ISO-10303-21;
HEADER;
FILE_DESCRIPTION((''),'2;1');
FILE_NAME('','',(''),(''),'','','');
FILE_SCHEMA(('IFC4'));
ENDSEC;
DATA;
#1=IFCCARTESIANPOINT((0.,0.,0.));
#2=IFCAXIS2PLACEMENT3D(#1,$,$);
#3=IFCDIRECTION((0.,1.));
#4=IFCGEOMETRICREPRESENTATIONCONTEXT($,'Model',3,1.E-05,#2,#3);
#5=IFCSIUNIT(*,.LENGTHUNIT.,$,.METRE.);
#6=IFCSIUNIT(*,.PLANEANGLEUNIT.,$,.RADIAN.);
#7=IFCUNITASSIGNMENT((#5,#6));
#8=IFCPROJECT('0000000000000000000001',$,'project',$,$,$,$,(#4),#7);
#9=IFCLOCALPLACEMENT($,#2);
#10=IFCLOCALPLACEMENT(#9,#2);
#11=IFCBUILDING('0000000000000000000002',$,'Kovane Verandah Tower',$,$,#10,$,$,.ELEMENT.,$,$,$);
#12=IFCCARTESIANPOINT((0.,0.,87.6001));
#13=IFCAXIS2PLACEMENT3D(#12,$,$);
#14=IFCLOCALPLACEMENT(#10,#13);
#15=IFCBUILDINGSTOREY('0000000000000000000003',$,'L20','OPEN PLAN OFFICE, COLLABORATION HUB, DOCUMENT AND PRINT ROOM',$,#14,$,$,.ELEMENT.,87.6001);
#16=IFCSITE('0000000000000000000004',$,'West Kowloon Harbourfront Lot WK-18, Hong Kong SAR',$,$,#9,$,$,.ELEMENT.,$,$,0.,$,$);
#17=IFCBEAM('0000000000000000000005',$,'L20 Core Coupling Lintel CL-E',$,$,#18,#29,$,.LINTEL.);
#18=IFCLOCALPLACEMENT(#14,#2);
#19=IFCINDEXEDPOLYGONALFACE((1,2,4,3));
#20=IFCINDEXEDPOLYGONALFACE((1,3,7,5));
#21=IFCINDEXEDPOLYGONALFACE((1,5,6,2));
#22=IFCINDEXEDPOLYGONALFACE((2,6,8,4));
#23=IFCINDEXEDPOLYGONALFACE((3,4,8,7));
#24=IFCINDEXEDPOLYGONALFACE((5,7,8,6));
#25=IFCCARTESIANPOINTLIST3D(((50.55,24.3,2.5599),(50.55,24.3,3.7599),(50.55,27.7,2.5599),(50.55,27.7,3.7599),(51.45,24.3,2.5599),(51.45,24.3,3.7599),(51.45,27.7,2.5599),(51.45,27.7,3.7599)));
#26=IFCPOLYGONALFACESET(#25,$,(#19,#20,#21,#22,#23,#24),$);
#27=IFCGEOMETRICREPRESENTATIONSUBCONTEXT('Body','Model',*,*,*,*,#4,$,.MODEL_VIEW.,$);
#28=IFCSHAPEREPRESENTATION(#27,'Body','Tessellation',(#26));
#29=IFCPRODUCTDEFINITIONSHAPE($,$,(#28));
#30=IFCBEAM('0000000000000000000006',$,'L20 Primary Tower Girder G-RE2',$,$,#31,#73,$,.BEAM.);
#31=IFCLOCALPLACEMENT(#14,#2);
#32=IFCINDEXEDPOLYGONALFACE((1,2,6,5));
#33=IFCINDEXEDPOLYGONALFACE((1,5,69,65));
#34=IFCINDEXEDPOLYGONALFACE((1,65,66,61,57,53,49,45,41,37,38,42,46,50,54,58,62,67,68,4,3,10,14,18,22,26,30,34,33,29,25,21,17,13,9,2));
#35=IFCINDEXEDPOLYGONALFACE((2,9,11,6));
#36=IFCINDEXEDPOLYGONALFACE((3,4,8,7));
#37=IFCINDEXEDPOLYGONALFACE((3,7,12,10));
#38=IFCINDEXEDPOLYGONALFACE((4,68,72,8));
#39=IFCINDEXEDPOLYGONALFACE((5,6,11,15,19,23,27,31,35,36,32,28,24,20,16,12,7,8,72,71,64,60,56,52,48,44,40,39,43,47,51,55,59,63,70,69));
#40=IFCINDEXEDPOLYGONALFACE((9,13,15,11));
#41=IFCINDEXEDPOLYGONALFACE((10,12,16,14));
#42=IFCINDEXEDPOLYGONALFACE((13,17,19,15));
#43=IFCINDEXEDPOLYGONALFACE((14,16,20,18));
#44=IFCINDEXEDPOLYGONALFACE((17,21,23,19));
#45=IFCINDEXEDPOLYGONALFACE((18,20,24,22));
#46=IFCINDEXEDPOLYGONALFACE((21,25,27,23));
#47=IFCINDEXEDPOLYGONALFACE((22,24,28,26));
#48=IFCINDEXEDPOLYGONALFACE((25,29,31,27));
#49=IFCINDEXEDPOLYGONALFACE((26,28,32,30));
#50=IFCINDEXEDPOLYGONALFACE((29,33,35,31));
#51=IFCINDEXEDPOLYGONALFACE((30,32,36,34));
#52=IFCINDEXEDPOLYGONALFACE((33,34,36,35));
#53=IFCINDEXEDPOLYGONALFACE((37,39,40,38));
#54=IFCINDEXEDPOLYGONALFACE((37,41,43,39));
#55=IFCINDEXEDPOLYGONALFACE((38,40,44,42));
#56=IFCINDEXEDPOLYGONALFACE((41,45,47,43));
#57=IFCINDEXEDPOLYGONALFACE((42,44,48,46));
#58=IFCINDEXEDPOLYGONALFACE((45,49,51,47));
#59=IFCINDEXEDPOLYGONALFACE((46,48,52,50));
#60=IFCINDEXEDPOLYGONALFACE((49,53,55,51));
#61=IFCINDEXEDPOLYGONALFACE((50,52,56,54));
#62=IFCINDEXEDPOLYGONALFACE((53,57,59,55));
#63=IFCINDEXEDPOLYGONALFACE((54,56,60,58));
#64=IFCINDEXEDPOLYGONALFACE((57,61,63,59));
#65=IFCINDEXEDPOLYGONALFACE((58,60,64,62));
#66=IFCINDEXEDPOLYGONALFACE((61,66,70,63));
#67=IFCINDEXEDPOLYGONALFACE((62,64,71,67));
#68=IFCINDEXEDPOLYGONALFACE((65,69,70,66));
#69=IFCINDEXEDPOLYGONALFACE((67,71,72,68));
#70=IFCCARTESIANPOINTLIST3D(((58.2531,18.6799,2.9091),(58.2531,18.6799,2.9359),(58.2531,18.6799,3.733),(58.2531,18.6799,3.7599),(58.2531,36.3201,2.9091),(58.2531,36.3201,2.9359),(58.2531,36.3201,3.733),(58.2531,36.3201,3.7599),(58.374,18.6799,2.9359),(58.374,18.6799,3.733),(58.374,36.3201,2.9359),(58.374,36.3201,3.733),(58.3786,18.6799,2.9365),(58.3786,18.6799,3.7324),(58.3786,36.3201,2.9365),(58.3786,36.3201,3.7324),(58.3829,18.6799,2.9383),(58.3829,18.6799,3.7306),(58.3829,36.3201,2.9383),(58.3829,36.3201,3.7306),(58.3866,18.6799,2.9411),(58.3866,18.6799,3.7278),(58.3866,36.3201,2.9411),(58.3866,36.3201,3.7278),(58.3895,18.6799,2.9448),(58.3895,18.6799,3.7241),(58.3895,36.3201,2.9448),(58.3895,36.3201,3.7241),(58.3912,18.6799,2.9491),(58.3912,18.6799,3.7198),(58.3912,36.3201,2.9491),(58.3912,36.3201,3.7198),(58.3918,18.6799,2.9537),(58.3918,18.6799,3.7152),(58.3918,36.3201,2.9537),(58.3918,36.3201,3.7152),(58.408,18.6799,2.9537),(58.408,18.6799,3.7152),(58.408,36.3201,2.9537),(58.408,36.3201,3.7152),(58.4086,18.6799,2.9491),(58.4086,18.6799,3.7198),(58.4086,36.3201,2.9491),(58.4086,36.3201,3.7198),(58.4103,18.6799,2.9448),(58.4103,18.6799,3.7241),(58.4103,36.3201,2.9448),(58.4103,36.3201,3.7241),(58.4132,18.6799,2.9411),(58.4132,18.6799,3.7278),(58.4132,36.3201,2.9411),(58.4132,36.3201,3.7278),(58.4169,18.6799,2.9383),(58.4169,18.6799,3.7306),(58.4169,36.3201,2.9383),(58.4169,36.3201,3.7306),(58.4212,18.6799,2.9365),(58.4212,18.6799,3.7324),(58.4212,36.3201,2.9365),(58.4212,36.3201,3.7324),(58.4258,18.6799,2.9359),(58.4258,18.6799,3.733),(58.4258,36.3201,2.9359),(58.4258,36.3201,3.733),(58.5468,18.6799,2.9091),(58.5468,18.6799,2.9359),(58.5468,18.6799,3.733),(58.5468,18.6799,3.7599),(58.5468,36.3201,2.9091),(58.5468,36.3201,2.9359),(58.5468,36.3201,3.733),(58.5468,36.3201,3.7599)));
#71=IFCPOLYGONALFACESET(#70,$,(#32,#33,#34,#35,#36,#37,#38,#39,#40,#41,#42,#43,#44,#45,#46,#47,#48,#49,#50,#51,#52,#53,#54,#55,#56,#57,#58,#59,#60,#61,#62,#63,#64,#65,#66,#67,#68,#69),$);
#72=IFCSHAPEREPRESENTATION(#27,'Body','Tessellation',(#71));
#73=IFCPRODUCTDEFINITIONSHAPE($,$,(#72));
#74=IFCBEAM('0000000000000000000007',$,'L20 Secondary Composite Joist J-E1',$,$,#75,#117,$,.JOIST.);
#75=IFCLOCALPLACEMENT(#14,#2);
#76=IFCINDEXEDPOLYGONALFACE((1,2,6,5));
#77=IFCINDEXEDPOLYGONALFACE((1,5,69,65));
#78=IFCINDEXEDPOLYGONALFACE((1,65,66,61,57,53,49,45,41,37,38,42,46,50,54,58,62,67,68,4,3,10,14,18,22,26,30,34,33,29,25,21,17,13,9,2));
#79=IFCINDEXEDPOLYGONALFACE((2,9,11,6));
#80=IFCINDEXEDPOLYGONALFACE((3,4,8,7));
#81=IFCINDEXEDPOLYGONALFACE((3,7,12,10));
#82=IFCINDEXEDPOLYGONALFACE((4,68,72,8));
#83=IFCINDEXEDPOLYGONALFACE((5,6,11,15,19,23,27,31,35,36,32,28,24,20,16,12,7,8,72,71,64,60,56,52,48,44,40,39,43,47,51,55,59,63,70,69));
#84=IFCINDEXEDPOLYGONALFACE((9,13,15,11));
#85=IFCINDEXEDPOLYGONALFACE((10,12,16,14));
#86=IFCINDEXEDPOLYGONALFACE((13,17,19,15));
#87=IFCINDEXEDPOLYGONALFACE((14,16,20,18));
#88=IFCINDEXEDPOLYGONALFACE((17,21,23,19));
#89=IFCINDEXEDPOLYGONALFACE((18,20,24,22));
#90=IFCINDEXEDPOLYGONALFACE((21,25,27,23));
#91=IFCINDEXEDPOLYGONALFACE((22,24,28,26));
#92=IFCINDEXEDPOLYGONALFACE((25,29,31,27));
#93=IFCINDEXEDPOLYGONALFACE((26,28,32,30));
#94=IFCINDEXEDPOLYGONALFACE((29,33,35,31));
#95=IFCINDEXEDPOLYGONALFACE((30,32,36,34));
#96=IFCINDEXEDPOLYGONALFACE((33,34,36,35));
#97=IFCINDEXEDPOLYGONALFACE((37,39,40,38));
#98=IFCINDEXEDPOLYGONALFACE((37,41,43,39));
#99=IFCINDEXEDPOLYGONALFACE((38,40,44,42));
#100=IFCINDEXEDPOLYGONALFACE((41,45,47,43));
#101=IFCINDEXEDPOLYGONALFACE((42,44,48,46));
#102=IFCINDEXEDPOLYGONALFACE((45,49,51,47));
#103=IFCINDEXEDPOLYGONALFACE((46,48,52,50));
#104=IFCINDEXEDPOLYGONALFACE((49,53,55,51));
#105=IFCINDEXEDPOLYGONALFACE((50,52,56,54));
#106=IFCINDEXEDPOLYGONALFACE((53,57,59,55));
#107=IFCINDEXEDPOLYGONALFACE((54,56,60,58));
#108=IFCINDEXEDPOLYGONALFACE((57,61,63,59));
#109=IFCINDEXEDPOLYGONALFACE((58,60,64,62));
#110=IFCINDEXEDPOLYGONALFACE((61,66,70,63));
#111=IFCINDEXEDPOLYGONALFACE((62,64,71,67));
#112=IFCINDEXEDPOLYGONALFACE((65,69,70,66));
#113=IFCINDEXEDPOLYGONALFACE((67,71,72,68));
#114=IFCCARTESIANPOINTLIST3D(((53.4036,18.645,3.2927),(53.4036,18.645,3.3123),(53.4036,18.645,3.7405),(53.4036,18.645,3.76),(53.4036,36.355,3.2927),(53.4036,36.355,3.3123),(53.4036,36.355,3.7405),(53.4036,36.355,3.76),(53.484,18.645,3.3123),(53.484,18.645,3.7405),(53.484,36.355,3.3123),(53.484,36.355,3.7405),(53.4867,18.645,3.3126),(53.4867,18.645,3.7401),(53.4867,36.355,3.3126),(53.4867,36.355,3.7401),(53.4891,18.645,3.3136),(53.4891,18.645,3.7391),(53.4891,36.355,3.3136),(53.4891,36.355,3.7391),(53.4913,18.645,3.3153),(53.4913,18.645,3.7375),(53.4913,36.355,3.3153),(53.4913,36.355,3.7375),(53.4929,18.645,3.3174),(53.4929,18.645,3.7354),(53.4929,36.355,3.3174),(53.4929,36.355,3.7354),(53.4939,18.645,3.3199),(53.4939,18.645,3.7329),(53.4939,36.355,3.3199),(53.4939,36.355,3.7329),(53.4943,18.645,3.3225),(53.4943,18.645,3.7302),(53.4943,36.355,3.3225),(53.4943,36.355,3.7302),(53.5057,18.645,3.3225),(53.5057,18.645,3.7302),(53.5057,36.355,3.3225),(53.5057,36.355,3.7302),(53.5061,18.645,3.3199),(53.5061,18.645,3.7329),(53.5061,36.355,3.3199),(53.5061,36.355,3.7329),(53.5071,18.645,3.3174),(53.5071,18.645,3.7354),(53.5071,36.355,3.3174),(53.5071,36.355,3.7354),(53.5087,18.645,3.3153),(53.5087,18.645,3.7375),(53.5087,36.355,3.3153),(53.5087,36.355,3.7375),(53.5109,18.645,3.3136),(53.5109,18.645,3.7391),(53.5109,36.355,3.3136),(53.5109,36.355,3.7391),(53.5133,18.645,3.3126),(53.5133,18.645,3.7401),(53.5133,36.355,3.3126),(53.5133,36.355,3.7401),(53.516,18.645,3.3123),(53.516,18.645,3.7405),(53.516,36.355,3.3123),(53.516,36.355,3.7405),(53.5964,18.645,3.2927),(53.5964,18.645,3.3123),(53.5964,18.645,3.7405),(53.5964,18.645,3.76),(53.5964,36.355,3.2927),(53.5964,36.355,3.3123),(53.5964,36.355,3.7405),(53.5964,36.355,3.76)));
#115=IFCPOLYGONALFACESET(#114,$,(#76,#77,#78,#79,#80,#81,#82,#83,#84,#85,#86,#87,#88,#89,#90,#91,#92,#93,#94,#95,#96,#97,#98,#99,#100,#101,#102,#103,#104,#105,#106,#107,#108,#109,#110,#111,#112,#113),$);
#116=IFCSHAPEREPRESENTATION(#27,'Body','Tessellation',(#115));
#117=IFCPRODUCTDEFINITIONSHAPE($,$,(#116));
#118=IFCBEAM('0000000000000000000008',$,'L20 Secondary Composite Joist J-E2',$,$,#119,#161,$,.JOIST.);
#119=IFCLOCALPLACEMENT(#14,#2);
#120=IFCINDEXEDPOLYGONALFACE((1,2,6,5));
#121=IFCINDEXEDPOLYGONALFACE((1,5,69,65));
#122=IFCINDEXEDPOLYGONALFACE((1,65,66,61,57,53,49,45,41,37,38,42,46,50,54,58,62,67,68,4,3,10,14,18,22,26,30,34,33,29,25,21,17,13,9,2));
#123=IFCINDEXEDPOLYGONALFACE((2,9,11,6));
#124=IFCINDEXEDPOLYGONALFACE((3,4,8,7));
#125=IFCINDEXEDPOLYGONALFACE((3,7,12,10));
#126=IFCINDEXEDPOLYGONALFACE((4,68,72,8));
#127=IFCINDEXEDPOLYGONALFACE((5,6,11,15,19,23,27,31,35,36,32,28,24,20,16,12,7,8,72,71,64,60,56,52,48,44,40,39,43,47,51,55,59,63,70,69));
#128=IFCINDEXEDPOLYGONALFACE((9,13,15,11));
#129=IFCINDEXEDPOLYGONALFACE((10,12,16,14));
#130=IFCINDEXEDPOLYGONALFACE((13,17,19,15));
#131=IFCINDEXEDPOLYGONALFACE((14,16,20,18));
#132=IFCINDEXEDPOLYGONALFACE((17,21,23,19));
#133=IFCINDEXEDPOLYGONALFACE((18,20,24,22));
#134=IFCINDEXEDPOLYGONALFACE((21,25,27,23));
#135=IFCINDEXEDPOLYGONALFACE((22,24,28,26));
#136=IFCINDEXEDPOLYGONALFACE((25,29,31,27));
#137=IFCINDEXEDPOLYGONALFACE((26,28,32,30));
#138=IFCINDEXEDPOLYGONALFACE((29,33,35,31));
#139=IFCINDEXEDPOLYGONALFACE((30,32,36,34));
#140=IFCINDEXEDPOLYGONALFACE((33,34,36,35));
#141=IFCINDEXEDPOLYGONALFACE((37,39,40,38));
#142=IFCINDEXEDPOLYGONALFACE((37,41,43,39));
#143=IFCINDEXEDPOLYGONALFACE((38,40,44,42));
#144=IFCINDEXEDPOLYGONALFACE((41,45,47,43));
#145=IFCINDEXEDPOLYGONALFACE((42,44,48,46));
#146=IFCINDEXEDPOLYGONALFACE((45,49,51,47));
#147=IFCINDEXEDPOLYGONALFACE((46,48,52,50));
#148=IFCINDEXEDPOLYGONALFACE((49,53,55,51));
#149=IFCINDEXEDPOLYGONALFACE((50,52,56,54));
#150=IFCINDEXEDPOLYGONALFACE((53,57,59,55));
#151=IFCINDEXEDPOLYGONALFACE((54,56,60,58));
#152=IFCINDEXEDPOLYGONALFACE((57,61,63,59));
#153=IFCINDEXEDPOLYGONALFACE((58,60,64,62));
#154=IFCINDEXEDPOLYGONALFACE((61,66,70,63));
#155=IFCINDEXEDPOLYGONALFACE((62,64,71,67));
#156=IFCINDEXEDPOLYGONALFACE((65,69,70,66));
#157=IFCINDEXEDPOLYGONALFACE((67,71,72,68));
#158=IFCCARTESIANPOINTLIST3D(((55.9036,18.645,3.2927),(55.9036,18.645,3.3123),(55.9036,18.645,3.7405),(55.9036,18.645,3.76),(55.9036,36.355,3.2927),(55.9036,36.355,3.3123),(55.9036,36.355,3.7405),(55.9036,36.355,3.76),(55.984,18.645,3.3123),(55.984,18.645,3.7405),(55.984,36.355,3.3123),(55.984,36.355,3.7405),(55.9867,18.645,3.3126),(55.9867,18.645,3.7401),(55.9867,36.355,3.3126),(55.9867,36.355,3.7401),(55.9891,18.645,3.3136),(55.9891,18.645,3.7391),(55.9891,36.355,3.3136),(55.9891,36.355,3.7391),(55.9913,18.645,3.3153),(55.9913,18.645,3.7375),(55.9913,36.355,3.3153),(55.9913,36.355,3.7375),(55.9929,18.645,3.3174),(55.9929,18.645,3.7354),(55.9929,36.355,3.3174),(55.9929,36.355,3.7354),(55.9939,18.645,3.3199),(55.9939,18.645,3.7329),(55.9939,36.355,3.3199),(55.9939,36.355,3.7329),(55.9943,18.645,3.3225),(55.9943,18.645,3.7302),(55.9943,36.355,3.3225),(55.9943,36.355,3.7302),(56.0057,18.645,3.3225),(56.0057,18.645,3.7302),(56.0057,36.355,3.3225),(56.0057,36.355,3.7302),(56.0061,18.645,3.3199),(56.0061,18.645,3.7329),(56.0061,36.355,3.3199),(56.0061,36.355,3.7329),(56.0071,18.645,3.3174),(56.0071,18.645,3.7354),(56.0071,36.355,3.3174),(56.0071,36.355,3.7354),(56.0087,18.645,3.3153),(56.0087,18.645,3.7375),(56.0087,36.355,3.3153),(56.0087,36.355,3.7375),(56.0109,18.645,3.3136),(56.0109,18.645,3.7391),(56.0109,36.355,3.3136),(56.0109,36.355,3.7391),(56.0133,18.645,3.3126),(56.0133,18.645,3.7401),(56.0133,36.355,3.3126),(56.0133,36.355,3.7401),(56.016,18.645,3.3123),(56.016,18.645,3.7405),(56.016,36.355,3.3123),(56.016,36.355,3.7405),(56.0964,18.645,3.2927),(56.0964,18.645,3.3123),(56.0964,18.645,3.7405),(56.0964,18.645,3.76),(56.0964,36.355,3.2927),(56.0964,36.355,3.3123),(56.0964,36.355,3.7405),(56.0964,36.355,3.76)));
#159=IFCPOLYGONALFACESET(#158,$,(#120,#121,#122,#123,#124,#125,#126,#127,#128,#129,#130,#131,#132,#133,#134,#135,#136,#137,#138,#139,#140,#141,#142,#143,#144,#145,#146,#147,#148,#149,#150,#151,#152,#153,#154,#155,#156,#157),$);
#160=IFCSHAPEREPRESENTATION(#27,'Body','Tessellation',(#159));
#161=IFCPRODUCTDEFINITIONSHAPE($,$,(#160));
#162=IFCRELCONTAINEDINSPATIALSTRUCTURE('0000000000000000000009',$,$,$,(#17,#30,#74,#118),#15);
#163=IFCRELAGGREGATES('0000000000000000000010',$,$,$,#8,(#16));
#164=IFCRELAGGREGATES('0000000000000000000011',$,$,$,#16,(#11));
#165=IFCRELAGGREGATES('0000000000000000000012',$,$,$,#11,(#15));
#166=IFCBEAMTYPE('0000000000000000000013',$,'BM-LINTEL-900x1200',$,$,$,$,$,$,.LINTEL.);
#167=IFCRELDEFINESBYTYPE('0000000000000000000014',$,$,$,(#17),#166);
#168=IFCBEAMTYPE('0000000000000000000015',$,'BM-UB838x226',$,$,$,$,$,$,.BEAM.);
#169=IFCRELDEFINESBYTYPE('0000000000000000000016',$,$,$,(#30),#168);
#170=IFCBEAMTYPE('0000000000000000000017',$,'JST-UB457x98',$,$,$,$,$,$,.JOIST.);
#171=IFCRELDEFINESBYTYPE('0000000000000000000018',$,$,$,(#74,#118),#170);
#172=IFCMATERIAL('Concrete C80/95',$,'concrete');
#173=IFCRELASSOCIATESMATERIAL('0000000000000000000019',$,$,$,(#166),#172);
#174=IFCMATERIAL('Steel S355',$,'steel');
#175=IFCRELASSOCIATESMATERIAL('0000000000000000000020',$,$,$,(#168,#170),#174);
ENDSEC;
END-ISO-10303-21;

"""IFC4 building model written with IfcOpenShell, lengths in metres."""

from ifc_helpers import new_model, si_unit, direction, frame, origin, origin_2d, place, context, subcontext, project, spatial, rectangle, i_section, extrude, material, material_profile, profile_set, type_object, element, save


model = new_model("IFC4")

# Units and contexts
model_context = context("Model", 3, precision=1e-05, world=origin(), true_north=direction((0.0, 1.0)))
body_context = subcontext(model_context, "Body", "Model", "MODEL_VIEW")
ifc_project = project(units=[si_unit("LENGTHUNIT", "METRE"), si_unit("PLANEANGLEUNIT", "RADIAN")], contexts=[model_context])

# Site, building, storey
site_placement = place(None, origin())
site = spatial("IfcSite", under=ifc_project, at=site_placement, Name="West Kowloon Harbourfront Lot WK-18, Hong Kong SAR", CompositionType="ELEMENT", RefElevation=0.0)
building_placement = place(site_placement, origin())
building = spatial("IfcBuilding", under=site, at=building_placement, Name="Kovane Verandah Tower", CompositionType="ELEMENT")
storey_placement = place(building_placement, frame((0.0, 0.0, 87.6001)))
storey = spatial("IfcBuildingStorey", under=building, at=storey_placement, Name="L20", Description="OPEN PLAN OFFICE, COLLABORATION HUB, DOCUMENT AND PRINT ROOM", CompositionType="ELEMENT", Elevation=87.6001)

# Beams
ifc_material_1 = material(Name="Concrete C80/95", Category="concrete")
ifc_material_profile_1 = material_profile(ifc_material_1, rectangle(XDim=0.8999, YDim=1.2, at=origin_2d()), Name="RCB900x1200")
ifc_profile_set_1 = profile_set([ifc_material_profile_1], Name="Concrete C80/95")
beam_type_1 = type_object("IfcBeamType", Name="BM-LINTEL-900x1200", PredefinedType="LINTEL", material=ifc_profile_set_1)
beam_1_placement = place(storey_placement, frame((51.0, 24.3, 3.1599), z_axis=(0.0, 1.0, 0.0), x_axis=(-1.0, 0.0, 0.0)))
element("IfcBeam", 1, at=beam_1_placement, inside=storey, type_object=beam_type_1, Name="L20 Core Coupling Lintel CL-E", PredefinedType="LINTEL", context=body_context, shape_type="SweptSolid", body=[
    extrude(rectangle(XDim=0.8999, YDim=1.2, at=origin_2d()), origin(), (0.0, 0.0, 1.0), 3.3999),
])
ifc_material_2 = material(Name="Steel S355", Category="steel")
ifc_material_profile_2 = material_profile(ifc_material_2, i_section(OverallWidth=0.2937, OverallDepth=0.8508, WebThickness=0.0161, FlangeThickness=0.0269, FilletRadius=0.0178, at=origin_2d()), Name="UB838x292x226")
ifc_profile_set_2 = profile_set([ifc_material_profile_2], Name="Steel S355")
beam_type_2 = type_object("IfcBeamType", Name="BM-UB838x226", PredefinedType="BEAM", material=ifc_profile_set_2)
beam_2_placement = place(storey_placement, frame((58.3999, 18.6799, 3.3345), z_axis=(0.0, 1.0, 0.0), x_axis=(-1.0, 0.0, 0.0)))
element("IfcBeam", 2, at=beam_2_placement, inside=storey, type_object=beam_type_2, Name="L20 Primary Tower Girder G-RE2", PredefinedType="BEAM", context=body_context, shape_type="SweptSolid", body=[
    extrude(i_section(OverallWidth=0.2937, OverallDepth=0.8508, WebThickness=0.0161, FlangeThickness=0.0269, FilletRadius=0.0178, at=origin_2d()), origin(), (0.0, 0.0, 1.0), 17.6401),
])
ifc_material_profile_3 = material_profile(ifc_material_2, i_section(OverallWidth=0.1929, OverallDepth=0.4673, WebThickness=0.0115, FlangeThickness=0.0195, FilletRadius=0.0103, at=origin_2d()), Name="UB457x191x98")
ifc_profile_set_3 = profile_set([ifc_material_profile_3], Name="Steel S355")
beam_type_3 = type_object("IfcBeamType", Name="JST-UB457x98", PredefinedType="JOIST", material=ifc_profile_set_3)
for number, where, z_axis, x_axis, name in (
    (3, (53.5, 18.645, 3.5264), (0.0, 1.0, 0.0), (-1.0, 0.0, 0.0), "L20 Secondary Composite Joist J-E1"),
    (4, (56.0, 18.645, 3.5264), (0.0, 1.0, 0.0), (-1.0, 0.0, 0.0), "L20 Secondary Composite Joist J-E2"),
):
    element("IfcBeam", number, at=place(storey_placement, frame(where, z_axis=z_axis, x_axis=x_axis)), inside=storey, type_object=beam_type_3, Name=name, PredefinedType="JOIST", context=body_context, shape_type="SweptSolid", body=[
        extrude(i_section(OverallWidth=0.1929, OverallDepth=0.4673, WebThickness=0.0115, FlangeThickness=0.0195, FilletRadius=0.0103, at=origin_2d()), origin(), (0.0, 0.0, 1.0), 17.71),
    ])

save(model, "model.ifc")
